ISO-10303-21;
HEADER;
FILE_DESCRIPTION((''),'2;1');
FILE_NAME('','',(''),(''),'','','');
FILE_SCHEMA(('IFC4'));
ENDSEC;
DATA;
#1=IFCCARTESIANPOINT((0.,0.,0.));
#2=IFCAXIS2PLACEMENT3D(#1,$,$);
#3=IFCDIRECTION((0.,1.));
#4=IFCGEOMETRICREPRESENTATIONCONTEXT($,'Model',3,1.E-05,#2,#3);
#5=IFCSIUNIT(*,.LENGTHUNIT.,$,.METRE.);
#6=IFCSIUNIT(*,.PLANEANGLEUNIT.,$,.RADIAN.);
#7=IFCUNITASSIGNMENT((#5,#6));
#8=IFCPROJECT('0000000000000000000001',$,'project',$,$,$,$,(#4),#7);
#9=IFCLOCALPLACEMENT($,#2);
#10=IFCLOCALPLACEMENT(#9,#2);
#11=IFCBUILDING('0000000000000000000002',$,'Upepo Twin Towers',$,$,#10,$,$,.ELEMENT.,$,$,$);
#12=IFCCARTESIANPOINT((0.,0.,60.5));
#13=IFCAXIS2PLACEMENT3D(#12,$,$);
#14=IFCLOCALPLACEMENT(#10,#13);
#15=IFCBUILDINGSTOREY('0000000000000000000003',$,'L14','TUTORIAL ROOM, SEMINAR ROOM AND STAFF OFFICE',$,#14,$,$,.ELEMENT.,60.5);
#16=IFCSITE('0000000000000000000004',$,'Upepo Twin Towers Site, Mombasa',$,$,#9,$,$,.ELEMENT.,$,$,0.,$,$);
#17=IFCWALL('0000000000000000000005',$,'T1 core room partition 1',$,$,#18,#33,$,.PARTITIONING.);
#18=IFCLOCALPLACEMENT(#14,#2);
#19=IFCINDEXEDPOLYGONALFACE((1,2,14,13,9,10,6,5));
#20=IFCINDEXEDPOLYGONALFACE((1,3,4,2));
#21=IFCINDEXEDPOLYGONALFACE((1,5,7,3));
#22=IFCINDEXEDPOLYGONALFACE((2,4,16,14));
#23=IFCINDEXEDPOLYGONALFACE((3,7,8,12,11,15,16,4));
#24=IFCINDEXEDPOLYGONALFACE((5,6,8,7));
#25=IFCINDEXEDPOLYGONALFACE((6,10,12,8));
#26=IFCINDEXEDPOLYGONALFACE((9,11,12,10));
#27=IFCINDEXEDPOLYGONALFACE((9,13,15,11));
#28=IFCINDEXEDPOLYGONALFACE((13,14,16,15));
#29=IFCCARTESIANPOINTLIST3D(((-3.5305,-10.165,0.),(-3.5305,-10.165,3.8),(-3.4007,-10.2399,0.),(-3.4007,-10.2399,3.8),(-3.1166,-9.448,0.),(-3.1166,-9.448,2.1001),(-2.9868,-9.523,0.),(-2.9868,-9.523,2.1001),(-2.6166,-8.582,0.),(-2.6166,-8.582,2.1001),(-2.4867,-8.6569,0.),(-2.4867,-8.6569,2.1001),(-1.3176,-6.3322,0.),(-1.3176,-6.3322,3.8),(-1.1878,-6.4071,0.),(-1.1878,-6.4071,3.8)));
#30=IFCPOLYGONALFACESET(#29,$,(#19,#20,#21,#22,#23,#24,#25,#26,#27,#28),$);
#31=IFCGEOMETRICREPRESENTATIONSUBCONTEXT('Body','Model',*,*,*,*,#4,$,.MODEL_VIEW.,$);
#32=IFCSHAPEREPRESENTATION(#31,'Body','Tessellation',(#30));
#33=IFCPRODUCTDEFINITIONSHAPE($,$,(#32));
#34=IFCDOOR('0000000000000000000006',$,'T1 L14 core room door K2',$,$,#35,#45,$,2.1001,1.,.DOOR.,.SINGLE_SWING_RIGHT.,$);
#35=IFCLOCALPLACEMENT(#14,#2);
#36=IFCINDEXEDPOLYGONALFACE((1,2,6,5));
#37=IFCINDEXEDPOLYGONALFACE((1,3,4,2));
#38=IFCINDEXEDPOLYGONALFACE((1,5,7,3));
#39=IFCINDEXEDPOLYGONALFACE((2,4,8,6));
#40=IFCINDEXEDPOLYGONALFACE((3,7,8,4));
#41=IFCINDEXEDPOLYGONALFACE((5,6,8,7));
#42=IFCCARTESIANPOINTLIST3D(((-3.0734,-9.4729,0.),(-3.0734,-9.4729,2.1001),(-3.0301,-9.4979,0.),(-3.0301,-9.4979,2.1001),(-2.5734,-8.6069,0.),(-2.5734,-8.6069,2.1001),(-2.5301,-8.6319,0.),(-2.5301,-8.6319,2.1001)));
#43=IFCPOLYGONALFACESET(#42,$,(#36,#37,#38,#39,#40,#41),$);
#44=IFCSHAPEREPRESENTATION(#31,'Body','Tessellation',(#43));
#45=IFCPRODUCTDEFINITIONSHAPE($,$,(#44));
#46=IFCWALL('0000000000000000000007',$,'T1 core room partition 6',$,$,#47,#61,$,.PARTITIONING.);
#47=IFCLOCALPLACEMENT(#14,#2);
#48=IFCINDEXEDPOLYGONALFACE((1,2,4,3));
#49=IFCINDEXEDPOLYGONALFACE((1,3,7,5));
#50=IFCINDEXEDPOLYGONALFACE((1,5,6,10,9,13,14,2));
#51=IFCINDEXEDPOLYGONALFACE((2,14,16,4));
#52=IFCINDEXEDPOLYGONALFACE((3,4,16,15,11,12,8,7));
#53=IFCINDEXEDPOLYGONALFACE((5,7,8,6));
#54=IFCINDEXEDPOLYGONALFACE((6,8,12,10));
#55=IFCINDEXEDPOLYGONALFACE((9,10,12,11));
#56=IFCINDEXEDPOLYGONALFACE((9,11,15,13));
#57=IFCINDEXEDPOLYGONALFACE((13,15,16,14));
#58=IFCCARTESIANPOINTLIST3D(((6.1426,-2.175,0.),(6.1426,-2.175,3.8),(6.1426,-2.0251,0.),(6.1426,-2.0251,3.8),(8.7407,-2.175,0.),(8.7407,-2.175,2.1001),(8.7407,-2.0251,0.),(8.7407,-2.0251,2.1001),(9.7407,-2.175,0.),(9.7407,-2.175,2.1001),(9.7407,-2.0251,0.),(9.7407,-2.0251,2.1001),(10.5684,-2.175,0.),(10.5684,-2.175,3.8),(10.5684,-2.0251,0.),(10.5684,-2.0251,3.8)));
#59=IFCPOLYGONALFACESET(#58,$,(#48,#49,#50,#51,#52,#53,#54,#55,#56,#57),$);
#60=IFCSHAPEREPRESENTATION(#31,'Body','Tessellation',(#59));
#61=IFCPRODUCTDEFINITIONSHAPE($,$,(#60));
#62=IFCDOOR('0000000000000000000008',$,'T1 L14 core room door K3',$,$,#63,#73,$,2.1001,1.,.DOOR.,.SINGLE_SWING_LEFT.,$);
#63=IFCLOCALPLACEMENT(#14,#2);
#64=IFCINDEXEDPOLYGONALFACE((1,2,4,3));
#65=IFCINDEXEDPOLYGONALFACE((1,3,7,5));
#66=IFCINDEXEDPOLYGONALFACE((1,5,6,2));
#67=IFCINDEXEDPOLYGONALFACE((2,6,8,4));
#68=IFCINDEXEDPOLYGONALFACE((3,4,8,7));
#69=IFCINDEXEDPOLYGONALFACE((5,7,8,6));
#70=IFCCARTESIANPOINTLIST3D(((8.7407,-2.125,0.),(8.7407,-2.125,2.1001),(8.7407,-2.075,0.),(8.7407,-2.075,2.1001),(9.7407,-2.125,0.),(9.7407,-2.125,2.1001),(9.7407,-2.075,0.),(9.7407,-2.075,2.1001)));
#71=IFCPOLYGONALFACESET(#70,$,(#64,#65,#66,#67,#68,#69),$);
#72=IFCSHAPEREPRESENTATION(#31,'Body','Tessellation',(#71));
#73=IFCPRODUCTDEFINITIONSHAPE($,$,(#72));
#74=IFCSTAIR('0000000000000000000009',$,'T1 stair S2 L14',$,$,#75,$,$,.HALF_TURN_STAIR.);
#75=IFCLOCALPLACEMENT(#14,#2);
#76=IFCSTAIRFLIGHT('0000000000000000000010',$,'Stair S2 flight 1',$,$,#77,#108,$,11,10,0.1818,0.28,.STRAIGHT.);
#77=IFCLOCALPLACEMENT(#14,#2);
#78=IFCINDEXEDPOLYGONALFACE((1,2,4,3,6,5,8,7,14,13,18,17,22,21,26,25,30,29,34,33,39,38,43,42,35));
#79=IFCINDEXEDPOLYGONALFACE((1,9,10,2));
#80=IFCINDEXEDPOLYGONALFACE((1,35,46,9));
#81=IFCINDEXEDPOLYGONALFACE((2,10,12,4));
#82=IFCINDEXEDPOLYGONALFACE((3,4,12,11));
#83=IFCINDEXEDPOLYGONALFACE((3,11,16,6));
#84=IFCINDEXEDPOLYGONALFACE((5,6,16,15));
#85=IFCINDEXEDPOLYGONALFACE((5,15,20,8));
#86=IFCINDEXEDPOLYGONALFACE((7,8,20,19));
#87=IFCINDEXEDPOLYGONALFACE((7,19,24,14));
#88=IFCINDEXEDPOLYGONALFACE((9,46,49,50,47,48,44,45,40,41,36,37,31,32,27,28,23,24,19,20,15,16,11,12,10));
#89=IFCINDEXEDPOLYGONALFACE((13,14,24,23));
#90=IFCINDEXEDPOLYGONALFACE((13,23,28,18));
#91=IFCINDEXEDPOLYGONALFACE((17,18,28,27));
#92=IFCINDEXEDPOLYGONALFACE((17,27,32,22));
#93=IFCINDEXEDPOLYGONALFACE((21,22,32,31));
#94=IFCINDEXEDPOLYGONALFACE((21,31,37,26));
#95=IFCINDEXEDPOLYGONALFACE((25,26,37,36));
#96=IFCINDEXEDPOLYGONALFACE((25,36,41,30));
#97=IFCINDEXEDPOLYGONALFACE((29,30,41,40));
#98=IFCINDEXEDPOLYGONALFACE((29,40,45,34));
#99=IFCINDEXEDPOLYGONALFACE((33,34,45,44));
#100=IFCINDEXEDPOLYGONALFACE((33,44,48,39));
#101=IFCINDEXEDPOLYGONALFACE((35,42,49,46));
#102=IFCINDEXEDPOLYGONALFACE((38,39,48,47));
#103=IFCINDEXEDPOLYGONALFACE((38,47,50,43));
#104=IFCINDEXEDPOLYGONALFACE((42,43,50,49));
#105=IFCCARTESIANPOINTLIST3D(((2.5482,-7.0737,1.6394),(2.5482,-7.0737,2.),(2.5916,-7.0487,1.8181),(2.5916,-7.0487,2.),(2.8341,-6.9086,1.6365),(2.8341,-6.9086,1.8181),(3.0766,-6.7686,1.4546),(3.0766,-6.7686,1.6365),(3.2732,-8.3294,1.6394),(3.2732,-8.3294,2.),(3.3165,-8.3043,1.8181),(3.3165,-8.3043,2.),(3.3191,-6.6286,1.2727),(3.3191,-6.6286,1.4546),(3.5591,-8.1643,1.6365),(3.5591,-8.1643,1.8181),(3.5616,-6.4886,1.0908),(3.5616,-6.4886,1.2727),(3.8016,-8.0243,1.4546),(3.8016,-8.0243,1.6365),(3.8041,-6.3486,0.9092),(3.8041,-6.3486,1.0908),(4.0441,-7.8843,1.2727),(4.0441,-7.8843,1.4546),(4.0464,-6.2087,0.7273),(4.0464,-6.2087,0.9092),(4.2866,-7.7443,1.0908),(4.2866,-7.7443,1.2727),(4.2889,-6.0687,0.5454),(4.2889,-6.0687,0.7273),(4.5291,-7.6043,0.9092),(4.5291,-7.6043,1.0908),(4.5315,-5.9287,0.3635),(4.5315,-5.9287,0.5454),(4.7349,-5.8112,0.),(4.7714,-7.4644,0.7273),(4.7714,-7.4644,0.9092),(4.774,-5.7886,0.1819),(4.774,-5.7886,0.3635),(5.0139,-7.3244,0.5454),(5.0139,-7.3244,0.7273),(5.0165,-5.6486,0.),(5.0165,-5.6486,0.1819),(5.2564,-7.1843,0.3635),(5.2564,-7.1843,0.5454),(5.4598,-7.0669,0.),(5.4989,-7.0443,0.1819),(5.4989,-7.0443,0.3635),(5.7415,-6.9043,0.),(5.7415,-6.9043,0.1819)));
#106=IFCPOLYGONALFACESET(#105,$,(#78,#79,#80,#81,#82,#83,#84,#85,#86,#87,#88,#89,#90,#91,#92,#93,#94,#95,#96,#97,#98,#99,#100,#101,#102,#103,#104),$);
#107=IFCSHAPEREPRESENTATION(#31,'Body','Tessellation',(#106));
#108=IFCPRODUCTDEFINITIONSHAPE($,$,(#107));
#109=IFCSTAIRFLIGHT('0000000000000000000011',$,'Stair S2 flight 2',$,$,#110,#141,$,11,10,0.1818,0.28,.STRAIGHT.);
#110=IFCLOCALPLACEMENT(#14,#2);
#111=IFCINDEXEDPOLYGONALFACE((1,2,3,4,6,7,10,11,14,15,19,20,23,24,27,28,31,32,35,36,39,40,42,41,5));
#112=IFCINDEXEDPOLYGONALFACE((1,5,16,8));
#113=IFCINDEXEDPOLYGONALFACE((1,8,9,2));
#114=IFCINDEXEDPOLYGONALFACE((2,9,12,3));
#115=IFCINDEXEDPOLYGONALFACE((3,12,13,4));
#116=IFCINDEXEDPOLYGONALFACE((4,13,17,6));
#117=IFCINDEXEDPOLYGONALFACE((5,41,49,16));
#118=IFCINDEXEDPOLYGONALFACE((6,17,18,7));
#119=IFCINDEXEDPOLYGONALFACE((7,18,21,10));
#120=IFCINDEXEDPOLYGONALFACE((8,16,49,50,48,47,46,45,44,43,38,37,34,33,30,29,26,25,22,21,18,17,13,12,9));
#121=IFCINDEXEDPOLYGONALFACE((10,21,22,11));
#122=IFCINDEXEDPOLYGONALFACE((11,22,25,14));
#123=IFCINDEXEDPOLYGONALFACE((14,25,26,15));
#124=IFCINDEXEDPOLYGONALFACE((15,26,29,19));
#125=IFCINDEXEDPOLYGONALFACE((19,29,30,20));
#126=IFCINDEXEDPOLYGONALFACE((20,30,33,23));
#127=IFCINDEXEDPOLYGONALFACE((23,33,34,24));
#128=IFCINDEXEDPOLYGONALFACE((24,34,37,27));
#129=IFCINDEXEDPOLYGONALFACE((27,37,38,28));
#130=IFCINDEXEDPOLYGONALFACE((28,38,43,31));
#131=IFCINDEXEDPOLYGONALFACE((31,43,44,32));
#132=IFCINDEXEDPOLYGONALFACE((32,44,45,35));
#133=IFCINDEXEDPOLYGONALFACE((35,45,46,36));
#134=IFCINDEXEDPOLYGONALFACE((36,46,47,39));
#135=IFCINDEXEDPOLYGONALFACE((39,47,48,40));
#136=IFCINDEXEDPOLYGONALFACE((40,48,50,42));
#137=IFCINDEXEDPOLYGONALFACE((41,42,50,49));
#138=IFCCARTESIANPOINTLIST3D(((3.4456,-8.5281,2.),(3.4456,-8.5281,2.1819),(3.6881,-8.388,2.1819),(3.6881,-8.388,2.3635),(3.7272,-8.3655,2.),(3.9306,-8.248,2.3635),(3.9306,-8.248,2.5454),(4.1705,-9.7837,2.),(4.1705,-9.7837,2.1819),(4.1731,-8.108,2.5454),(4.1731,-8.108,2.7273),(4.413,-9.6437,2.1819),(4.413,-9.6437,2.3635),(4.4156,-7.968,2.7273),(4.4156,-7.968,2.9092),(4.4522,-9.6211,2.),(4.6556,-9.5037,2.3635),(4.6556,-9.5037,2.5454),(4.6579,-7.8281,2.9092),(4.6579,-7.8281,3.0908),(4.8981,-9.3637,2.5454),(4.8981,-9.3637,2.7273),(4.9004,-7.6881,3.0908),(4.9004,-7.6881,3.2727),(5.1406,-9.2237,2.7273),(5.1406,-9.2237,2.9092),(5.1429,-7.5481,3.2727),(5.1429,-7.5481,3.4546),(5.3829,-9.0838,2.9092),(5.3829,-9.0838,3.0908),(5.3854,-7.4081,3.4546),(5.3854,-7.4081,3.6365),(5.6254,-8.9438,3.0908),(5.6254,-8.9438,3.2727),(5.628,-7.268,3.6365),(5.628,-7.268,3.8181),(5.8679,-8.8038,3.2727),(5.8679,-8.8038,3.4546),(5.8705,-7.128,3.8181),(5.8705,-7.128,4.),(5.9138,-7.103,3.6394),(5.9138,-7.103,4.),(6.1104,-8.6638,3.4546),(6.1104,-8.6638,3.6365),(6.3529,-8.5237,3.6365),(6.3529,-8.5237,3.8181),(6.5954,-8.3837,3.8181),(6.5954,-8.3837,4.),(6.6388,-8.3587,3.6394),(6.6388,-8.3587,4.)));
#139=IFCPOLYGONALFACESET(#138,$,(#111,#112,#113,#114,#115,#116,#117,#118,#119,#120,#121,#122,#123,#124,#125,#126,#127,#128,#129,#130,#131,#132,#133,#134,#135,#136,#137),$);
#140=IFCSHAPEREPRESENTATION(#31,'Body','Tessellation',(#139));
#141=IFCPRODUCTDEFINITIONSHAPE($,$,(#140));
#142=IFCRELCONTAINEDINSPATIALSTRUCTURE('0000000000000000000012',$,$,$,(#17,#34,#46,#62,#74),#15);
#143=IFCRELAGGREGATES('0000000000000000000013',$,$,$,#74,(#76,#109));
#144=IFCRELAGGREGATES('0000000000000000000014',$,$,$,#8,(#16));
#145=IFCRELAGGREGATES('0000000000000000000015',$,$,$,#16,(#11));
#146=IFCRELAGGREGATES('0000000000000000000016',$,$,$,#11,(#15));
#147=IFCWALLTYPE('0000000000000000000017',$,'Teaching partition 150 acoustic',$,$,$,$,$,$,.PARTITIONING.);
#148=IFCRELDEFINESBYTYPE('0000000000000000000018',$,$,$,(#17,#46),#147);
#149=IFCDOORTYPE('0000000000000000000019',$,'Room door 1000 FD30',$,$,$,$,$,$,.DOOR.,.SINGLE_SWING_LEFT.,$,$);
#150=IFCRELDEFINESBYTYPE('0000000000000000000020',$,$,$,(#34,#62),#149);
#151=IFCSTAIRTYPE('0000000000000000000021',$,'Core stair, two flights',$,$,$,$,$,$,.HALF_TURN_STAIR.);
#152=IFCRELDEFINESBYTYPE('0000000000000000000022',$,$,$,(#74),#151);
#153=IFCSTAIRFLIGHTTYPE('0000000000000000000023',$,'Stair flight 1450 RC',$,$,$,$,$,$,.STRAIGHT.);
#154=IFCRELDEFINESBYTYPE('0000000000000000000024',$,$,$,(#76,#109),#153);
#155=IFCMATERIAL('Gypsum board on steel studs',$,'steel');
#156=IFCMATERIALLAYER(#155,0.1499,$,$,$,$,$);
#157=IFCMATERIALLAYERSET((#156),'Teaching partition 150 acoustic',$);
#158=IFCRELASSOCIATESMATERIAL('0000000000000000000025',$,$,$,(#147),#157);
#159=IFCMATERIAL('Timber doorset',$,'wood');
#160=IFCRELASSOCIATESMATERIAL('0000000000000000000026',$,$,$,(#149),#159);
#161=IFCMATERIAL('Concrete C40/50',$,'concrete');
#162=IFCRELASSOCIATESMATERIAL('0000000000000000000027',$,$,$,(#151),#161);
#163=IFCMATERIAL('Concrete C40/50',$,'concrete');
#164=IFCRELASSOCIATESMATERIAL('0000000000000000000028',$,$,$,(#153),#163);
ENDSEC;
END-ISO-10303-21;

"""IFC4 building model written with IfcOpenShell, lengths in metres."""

from ifc_helpers import new_model, si_unit, direction, frame, frame_2d, origin, place, context, subcontext, project, spatial, polyline, rectangle, outline, extrude, material, layer, layer_set, type_object, element, fill, aggregate, save


model = new_model("IFC4")

# Units and contexts
model_context = context("Model", 3, precision=1e-05, world=origin(), true_north=direction((0.0, 1.0)))
body_context = subcontext(model_context, "Body", "Model", "MODEL_VIEW")
ifc_project = project(units=[si_unit("LENGTHUNIT", "METRE"), si_unit("PLANEANGLEUNIT", "RADIAN")], contexts=[model_context])

# Site, building, storey
site_placement = place(None, origin())
site = spatial("IfcSite", under=ifc_project, at=site_placement, Name="Upepo Twin Towers Site, Mombasa", CompositionType="ELEMENT", RefElevation=0.0)
building_placement = place(site_placement, origin())
building = spatial("IfcBuilding", under=site, at=building_placement, Name="Upepo Twin Towers", CompositionType="ELEMENT")
storey_placement = place(building_placement, frame((0.0, 0.0, 60.5)))
storey = spatial("IfcBuildingStorey", under=building, at=storey_placement, Name="L14", Description="TUTORIAL ROOM, SEMINAR ROOM AND STAFF OFFICE", CompositionType="ELEMENT", Elevation=60.5)

# Walls, openings, doors
ifc_material_1 = material(Name="Gypsum board on steel studs", Category="steel")
ifc_layer_1 = layer(ifc_material_1, 0.1499)
ifc_layer_set_1 = layer_set([ifc_layer_1], Name="Teaching partition 150 acoustic")
wall_type_1 = type_object("IfcWallType", Name="Teaching partition 150 acoustic", PredefinedType="PARTITIONING", material=ifc_layer_set_1)
wall_1_placement = place(storey_placement, frame((-1.2527, -6.3696, 0.0), z_axis=(0.0, 0.0, 1.0), x_axis=(-0.500007, -0.866021, 0.0)))
wall_1 = element("IfcWall", 1, at=wall_1_placement, inside=storey, type_object=wall_type_1, Name="T1 core room partition 1", PredefinedType="PARTITIONING", context=body_context, shape_type="SweptSolid", body=[
    extrude(rectangle(XDim=4.4258, YDim=0.1499, at=frame_2d((2.2129, 0.0))), origin(), (0.0, 0.0, 1.0), 3.8),
])
opening_1_placement = place(wall_1_placement, frame((2.5979, 0.0, 0.0)))
opening_1 = element("IfcOpeningElement", 2, at=opening_1_placement, cuts=wall_1, PredefinedType="OPENING", context=body_context, shape_type="SweptSolid", body=[
    extrude(rectangle(XDim=1.0, YDim=2.1001, at=frame_2d((0.5, 1.05))), frame((0.0, 0.085, 0.0), z_axis=(0.0, -1.0, 0.0), x_axis=(1.0, 0.0, 0.0)), (0.0, 0.0, 1.0), 0.1699),
])
ifc_material_2 = material(Name="Timber doorset", Category="wood")
door_type_1 = type_object("IfcDoorType", Name="Room door 1000 FD30", OperationType="SINGLE_SWING_LEFT", PredefinedType="DOOR", material=ifc_material_2)
door_1_placement = place(opening_1_placement, origin())
door_1 = element("IfcDoor", 3, at=door_1_placement, inside=storey, type_object=door_type_1, Name="T1 L14 core room door K2", OperationType="SINGLE_SWING_RIGHT", OverallHeight=2.1001, OverallWidth=1.0, PredefinedType="DOOR", context=body_context, shape_type="SweptSolid", body=[
    extrude(rectangle(XDim=1.0, YDim=2.1001, at=frame_2d((0.5, 1.05))), frame((0.0, 0.0249, 0.0), z_axis=(0.0, -1.0, 0.0), x_axis=(1.0, 0.0, 0.0)), (0.0, 0.0, 1.0), 0.05),
])
fill(opening_1, door_1)
wall_2_placement = place(storey_placement, frame((10.5684, -2.1001, 0.0), z_axis=(0.0, 0.0, 1.0), x_axis=(-1.0, 0.0, 0.0)))
wall_2 = element("IfcWall", 4, at=wall_2_placement, inside=storey, type_object=wall_type_1, Name="T1 core room partition 6", PredefinedType="PARTITIONING", context=body_context, shape_type="SweptSolid", body=[
    extrude(rectangle(XDim=4.4258, YDim=0.1499, at=frame_2d((2.2129, 0.0))), origin(), (0.0, 0.0, 1.0), 3.8),
])
opening_2_placement = place(wall_2_placement, frame((0.8276, 0.0, 0.0)))
opening_2 = element("IfcOpeningElement", 5, at=opening_2_placement, cuts=wall_2, PredefinedType="OPENING", context=body_context, shape_type="SweptSolid", body=[
    extrude(rectangle(XDim=1.0, YDim=2.1001, at=frame_2d((0.5, 1.05))), frame((0.0, 0.085, 0.0), z_axis=(0.0, -1.0, 0.0), x_axis=(1.0, 0.0, 0.0)), (0.0, 0.0, 1.0), 0.1699),
])
door_2_placement = place(opening_2_placement, origin())
door_2 = element("IfcDoor", 6, at=door_2_placement, inside=storey, type_object=door_type_1, Name="T1 L14 core room door K3", OperationType="SINGLE_SWING_LEFT", OverallHeight=2.1001, OverallWidth=1.0, PredefinedType="DOOR", context=body_context, shape_type="SweptSolid", body=[
    extrude(rectangle(XDim=1.0, YDim=2.1001, at=frame_2d((0.5, 1.05))), frame((0.0, 0.0249, 0.0), z_axis=(0.0, -1.0, 0.0), x_axis=(1.0, 0.0, 0.0)), (0.0, 0.0, 1.0), 0.05),
])
fill(opening_2, door_2)

# Stair, stair flights
ifc_material_3 = material(Name="Concrete C40/50", Category="concrete")
stair_type = type_object("IfcStairType", Name="Core stair, two flights", PredefinedType="HALF_TURN_STAIR", material=ifc_material_3)
stair_placement = place(storey_placement, origin())
stair = element("IfcStair", 7, at=stair_placement, inside=storey, type_object=stair_type, Name="T1 stair S2 L14", PredefinedType="HALF_TURN_STAIR")
ifc_material_4 = material(Name="Concrete C40/50", Category="concrete")
stair_flight_type = type_object("IfcStairFlightType", Name="Stair flight 1450 RC", PredefinedType="STRAIGHT", material=ifc_material_4)
stair_flight_1_placement = place(storey_placement, frame((5.3789, -6.2764, 0.0), z_axis=(0.0, 0.0, 1.0), x_axis=(-0.866025, -0.5, 0.0)))
stair_flight_1 = element("IfcStairFlight", 8, at=stair_flight_1_placement, type_object=stair_flight_type, Name="Stair S2 flight 1", NumberOfRisers=11, NumberOfTreads=10, PredefinedType="STRAIGHT", RiserHeight=0.1818, TreadLength=0.28, context=body_context, shape_type="SweptSolid", body=[
    extrude(outline(polyline([(0.0, 0.0), (0.0, 0.1819), (0.28, 0.1819), (0.28, 0.3635), (0.5601, 0.3635), (0.5601, 0.5454), (0.8401, 0.5454), (0.8401, 0.7273), (1.1201, 0.7273), (1.1201, 0.9092), (1.3999, 0.9092), (1.3999, 1.0908), (1.6799, 1.0908), (1.6799, 1.2727), (1.96, 1.2727), (1.96, 1.4546), (2.24, 1.4546), (2.24, 1.6365), (2.52, 1.6365), (2.52, 1.8181), (2.8, 1.8181), (2.8, 2.0), (2.8501, 2.0), (2.8501, 1.6394), (0.3252, 0.0), (0.0, 0.0)])), frame((0.0, 0.7251, 0.0), z_axis=(0.0, -1.0, 0.0), x_axis=(1.0, 0.0, 0.0)), (0.0, 0.0, 1.0), 1.45),
])
stair_flight_2_placement = place(storey_placement, frame((3.8081, -9.156, 2.0), z_axis=(0.0, 0.0, 1.0), x_axis=(0.866025, 0.5, 0.0)))
stair_flight_2 = element("IfcStairFlight", 9, at=stair_flight_2_placement, type_object=stair_flight_type, Name="Stair S2 flight 2", NumberOfRisers=11, NumberOfTreads=10, PredefinedType="STRAIGHT", RiserHeight=0.1818, TreadLength=0.28, context=body_context, shape_type="SweptSolid", body=[
    extrude(outline(polyline([(0.0, 0.0), (0.0, 0.1819), (0.28, 0.1819), (0.28, 0.3635), (0.5601, 0.3635), (0.5601, 0.5454), (0.8401, 0.5454), (0.8401, 0.7273), (1.1201, 0.7273), (1.1201, 0.9092), (1.3999, 0.9092), (1.3999, 1.0908), (1.6799, 1.0908), (1.6799, 1.2727), (1.96, 1.2727), (1.96, 1.4546), (2.24, 1.4546), (2.24, 1.6365), (2.52, 1.6365), (2.52, 1.8181), (2.8, 1.8181), (2.8, 2.0), (2.8501, 2.0), (2.8501, 1.6394), (0.3252, 0.0), (0.0, 0.0)])), frame((0.0, 0.7251, 0.0), z_axis=(0.0, -1.0, 0.0), x_axis=(1.0, 0.0, 0.0)), (0.0, 0.0, 1.0), 1.45),
])
aggregate(stair, [stair_flight_1, stair_flight_2])

save(model, "model.ifc")
